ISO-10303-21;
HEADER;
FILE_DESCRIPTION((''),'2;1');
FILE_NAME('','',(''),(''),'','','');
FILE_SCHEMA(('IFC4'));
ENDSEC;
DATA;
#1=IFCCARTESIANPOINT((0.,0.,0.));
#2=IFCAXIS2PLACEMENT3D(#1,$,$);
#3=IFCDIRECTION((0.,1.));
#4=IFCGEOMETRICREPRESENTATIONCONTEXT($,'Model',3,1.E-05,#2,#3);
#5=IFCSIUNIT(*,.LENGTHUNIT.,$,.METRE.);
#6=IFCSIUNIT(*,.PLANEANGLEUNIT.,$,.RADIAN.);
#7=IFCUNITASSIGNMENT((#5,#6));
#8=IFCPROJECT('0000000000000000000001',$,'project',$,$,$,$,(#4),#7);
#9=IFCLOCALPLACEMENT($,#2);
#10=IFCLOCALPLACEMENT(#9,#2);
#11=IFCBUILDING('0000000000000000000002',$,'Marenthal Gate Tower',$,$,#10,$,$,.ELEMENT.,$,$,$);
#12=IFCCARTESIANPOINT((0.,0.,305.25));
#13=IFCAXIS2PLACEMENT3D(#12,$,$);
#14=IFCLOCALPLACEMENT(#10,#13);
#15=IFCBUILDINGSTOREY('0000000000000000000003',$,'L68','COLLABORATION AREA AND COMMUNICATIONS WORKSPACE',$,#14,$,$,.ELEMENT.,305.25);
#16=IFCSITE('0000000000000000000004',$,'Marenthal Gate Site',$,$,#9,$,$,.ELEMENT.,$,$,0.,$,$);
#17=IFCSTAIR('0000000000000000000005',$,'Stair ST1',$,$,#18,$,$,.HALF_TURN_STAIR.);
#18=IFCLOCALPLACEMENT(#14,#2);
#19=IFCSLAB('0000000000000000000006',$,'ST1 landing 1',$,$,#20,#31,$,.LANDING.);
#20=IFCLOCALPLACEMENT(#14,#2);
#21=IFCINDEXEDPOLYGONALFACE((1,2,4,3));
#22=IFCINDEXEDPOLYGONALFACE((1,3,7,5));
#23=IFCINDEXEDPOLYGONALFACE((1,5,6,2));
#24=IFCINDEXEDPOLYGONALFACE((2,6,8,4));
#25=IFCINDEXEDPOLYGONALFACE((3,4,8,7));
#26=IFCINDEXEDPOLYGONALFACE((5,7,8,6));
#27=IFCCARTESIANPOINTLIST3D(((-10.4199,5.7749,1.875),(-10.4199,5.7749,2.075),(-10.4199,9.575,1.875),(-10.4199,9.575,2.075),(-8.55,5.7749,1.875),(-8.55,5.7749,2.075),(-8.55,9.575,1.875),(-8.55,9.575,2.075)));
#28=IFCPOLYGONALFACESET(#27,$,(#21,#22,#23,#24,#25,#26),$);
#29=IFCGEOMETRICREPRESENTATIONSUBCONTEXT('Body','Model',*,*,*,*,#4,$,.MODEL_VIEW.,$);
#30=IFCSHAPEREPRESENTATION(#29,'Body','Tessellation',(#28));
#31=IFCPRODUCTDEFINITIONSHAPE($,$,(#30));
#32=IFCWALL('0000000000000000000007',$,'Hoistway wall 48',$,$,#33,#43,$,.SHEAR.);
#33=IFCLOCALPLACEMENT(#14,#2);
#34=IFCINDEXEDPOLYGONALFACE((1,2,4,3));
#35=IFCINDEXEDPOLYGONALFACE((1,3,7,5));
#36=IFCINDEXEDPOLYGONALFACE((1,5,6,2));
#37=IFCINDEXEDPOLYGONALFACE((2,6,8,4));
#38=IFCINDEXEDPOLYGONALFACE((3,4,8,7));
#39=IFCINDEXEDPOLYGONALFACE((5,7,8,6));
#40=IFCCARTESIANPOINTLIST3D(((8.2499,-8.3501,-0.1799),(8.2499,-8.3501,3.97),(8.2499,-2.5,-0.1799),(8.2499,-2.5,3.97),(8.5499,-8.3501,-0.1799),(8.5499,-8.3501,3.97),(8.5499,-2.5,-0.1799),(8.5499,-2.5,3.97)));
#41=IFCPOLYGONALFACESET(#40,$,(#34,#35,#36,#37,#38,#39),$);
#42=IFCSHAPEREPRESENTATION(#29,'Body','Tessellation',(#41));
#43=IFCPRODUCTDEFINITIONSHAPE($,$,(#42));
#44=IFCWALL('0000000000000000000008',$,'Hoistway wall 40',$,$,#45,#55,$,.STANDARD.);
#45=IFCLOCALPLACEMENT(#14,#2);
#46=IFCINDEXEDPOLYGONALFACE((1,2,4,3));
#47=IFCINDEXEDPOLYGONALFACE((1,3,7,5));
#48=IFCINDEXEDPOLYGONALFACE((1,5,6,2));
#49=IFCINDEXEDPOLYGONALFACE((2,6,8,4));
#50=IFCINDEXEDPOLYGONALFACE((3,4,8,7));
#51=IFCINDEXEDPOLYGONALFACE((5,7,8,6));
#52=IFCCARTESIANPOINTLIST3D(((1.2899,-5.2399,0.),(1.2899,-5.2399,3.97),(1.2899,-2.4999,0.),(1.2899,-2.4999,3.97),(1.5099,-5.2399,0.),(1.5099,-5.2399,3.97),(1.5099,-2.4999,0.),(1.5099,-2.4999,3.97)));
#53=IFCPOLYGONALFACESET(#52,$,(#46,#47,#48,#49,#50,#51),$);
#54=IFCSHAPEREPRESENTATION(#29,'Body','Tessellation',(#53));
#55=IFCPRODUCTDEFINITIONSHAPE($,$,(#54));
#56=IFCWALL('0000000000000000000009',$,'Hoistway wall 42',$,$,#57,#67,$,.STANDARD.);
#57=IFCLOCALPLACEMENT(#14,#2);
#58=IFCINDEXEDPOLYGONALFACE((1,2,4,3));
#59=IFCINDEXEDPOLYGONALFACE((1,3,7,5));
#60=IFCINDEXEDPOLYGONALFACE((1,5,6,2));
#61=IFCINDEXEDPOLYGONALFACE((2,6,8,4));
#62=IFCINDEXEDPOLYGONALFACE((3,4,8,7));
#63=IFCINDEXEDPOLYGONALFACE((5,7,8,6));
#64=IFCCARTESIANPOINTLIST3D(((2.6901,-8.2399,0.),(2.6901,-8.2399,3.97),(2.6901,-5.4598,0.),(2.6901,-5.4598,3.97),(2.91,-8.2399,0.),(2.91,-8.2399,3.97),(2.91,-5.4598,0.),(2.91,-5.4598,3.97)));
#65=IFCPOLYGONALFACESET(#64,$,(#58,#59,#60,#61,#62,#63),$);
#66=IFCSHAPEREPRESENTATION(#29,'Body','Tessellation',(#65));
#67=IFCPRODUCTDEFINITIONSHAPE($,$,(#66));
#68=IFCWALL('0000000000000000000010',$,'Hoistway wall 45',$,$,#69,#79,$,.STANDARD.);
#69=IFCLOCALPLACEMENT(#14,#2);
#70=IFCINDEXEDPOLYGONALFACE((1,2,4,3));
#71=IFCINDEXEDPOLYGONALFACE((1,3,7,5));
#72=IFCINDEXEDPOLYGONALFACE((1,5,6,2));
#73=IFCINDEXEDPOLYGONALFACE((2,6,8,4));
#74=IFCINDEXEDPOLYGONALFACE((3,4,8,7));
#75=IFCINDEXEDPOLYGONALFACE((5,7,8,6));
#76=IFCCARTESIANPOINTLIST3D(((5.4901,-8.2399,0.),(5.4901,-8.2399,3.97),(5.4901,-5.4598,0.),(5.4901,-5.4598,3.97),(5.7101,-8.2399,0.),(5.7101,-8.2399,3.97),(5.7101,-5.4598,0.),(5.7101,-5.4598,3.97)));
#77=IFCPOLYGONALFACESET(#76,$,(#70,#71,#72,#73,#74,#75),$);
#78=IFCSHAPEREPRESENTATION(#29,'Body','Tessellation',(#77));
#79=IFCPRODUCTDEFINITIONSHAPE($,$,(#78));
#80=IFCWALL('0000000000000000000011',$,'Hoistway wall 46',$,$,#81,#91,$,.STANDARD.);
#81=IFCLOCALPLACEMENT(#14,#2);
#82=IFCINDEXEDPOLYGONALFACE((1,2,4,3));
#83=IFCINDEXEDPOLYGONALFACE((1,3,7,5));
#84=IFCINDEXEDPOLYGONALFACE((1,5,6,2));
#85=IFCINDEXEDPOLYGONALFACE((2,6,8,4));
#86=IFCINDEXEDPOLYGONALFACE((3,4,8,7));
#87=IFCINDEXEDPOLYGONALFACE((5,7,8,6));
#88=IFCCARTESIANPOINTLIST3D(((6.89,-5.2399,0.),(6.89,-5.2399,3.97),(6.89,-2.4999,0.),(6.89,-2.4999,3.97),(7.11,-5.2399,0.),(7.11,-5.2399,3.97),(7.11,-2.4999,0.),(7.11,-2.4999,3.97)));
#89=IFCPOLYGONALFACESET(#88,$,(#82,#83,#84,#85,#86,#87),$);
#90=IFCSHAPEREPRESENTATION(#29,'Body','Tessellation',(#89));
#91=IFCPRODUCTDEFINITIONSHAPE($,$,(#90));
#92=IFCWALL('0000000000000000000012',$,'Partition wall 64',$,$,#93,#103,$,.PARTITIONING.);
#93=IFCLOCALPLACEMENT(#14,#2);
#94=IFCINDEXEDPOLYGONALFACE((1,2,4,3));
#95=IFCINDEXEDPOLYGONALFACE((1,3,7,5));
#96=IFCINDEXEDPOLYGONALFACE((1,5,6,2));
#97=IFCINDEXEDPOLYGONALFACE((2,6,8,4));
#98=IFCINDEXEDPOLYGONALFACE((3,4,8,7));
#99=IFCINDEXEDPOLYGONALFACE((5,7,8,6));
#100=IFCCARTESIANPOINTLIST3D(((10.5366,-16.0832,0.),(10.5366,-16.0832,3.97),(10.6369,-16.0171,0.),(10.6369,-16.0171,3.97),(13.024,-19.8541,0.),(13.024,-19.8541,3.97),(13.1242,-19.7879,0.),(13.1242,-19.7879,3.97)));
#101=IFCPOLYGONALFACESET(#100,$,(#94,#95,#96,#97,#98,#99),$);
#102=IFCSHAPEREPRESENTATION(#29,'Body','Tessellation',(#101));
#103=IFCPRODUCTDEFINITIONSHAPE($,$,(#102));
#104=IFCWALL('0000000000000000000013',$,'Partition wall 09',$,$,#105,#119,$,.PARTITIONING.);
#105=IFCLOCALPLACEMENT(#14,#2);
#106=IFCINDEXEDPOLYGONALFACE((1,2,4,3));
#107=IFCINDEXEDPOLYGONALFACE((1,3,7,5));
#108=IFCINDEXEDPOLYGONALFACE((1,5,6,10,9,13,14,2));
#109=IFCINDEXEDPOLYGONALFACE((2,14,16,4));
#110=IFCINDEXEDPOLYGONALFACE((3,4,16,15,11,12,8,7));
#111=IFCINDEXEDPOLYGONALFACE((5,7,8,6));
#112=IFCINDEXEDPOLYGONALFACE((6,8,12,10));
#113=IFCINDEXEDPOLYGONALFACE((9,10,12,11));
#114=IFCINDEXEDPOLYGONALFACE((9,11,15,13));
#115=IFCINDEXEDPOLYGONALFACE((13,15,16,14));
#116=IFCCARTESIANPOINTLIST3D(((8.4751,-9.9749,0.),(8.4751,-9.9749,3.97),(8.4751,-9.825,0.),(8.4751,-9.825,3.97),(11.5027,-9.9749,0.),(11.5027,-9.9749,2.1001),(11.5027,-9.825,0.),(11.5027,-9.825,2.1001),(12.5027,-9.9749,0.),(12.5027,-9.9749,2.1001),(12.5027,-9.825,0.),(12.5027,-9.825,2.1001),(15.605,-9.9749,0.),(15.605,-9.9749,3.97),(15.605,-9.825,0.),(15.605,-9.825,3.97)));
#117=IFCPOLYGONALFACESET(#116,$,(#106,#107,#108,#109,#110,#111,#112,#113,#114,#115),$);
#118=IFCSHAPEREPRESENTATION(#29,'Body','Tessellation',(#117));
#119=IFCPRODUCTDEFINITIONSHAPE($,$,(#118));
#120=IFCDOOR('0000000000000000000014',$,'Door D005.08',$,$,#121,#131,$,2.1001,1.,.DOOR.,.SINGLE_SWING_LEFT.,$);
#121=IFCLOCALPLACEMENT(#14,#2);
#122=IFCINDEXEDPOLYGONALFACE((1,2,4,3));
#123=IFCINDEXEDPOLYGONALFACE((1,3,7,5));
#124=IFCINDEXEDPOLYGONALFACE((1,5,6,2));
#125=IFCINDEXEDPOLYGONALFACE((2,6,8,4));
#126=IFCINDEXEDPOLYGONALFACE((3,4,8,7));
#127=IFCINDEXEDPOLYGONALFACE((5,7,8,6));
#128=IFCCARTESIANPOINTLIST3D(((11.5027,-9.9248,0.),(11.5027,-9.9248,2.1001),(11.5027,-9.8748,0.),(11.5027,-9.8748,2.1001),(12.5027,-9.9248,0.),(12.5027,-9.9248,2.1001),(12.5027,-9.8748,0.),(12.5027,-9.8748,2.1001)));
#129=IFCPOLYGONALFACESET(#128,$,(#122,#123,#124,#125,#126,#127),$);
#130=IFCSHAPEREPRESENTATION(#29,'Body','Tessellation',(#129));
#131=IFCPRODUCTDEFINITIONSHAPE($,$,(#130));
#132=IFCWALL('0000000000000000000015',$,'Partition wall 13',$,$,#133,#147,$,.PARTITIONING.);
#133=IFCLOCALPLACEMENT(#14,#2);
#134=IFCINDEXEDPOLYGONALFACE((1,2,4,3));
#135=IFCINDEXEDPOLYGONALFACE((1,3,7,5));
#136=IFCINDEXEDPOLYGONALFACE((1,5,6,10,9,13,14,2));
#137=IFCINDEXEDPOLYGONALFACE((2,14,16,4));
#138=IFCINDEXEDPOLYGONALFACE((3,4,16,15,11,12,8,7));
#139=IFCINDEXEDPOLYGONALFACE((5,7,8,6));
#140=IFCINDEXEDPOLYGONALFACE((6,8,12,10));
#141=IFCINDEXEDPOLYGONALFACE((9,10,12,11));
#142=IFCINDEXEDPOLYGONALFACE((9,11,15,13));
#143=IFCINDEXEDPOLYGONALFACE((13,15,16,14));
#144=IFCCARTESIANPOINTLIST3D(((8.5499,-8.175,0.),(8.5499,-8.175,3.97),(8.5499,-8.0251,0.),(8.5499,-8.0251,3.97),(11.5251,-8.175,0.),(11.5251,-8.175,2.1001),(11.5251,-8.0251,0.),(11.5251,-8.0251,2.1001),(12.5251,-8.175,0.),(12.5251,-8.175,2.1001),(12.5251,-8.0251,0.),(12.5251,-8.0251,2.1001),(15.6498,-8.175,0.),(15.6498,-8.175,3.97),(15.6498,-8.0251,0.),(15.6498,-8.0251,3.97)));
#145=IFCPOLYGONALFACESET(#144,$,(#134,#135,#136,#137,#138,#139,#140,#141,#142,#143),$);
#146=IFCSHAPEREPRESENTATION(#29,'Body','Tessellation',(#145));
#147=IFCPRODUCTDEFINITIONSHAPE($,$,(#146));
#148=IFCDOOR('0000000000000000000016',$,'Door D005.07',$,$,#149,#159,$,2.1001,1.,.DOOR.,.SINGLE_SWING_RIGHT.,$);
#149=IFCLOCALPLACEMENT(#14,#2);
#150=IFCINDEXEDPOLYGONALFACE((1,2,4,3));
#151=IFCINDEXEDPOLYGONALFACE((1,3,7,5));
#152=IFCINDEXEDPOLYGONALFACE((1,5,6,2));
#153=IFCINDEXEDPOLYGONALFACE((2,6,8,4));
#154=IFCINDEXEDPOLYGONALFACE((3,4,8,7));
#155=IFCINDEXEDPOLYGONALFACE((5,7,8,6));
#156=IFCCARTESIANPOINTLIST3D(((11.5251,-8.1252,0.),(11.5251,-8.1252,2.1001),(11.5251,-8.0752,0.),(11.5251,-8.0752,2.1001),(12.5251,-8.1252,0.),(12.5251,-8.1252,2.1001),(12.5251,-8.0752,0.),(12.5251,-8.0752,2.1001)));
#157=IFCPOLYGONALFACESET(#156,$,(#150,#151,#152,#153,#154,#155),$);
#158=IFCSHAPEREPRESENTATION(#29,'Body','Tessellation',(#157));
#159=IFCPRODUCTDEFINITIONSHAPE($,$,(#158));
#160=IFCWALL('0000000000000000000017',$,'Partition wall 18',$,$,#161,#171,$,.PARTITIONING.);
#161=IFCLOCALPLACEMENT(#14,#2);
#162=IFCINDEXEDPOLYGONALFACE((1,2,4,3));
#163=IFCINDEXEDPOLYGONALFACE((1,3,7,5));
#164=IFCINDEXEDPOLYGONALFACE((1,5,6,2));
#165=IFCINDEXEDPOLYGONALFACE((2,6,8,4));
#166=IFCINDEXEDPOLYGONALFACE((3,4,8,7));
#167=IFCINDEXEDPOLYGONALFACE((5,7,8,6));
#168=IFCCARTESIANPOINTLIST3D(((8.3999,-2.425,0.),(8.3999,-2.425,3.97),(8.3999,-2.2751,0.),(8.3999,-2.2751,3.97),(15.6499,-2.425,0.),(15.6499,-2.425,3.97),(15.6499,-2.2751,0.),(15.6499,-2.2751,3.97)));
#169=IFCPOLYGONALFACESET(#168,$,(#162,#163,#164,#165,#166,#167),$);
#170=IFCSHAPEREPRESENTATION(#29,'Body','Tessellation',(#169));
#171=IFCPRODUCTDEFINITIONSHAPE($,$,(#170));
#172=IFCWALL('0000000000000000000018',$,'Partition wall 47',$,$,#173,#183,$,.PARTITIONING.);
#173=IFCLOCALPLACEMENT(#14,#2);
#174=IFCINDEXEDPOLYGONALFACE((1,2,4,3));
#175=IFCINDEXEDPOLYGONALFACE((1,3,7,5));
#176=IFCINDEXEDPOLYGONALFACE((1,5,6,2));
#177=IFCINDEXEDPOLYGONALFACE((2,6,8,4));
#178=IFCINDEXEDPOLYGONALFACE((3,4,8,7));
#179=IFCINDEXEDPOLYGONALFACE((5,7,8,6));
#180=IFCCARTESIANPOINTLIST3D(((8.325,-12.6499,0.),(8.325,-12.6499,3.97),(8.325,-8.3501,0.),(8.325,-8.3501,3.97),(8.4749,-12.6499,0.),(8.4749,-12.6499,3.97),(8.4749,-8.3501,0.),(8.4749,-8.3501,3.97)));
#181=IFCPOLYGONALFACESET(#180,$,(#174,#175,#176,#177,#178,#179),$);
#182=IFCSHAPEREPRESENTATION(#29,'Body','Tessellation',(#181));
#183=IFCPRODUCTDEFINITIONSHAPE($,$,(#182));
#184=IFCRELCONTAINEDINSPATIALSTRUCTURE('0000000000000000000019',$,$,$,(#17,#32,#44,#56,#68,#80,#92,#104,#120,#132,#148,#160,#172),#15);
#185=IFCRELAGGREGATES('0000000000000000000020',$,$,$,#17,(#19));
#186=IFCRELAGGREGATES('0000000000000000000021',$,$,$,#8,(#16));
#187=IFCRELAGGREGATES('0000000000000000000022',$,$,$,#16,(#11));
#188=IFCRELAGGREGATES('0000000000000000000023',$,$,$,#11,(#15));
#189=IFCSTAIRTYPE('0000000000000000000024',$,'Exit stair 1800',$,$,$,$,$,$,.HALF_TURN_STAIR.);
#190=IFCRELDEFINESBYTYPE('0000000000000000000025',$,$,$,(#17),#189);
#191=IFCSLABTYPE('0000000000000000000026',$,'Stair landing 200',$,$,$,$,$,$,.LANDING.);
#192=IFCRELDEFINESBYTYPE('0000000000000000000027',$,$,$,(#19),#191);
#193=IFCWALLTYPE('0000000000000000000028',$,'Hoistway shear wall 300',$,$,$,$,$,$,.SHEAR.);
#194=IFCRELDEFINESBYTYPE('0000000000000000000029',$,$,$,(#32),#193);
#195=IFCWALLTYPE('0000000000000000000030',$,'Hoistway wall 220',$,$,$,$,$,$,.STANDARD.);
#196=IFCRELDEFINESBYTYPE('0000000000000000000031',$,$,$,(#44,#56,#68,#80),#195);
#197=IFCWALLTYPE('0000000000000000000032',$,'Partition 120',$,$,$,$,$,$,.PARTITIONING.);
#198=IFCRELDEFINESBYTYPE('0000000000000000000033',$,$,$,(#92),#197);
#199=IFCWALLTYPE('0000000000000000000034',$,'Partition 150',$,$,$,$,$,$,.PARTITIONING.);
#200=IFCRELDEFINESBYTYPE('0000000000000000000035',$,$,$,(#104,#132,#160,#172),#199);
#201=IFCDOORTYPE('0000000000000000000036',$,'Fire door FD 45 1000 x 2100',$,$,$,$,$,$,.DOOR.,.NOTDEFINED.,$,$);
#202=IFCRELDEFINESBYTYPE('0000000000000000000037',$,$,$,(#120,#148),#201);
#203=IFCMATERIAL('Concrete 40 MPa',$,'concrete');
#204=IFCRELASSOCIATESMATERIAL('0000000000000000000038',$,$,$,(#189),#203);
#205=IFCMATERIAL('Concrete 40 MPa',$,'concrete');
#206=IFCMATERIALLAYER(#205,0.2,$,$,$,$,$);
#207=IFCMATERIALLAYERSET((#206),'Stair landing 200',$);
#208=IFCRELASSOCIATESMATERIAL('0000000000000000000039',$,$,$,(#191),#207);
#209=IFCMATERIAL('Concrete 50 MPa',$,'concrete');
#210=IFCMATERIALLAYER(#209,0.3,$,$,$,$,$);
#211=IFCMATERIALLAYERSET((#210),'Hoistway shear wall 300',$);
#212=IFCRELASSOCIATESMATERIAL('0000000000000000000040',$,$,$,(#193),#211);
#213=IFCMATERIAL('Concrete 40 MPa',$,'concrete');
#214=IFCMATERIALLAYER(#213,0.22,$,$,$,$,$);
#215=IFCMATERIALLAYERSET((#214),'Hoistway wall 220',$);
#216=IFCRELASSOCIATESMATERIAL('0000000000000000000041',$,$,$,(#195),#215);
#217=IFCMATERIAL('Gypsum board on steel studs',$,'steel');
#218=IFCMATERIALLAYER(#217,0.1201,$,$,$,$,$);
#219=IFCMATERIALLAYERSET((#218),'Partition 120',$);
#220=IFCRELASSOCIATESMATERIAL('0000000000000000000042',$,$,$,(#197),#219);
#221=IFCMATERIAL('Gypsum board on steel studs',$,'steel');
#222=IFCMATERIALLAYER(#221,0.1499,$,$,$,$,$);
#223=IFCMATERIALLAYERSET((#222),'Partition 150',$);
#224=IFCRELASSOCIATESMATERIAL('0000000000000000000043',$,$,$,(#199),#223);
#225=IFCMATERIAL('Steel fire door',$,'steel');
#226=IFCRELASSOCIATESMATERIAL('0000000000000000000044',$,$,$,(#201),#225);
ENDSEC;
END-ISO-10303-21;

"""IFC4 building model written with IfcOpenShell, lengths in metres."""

from ifc_helpers import new_model, si_unit, direction, frame, frame_2d, origin, place, context, subcontext, project, spatial, polyline, rectangle, outline, extrude, material, layer, layer_set, type_object, element, fill, aggregate, save


model = new_model("IFC4")

# Units and contexts
model_context = context("Model", 3, precision=1e-05, world=origin(), true_north=direction((0.0, 1.0)))
body_context = subcontext(model_context, "Body", "Model", "MODEL_VIEW")
ifc_project = project(units=[si_unit("LENGTHUNIT", "METRE"), si_unit("PLANEANGLEUNIT", "RADIAN")], contexts=[model_context])

# Site, building, storey
site_placement = place(None, origin())
site = spatial("IfcSite", under=ifc_project, at=site_placement, Name="Marenthal Gate Site", CompositionType="ELEMENT", RefElevation=0.0)
building_placement = place(site_placement, origin())
building = spatial("IfcBuilding", under=site, at=building_placement, Name="Marenthal Gate Tower", CompositionType="ELEMENT")
storey_placement = place(building_placement, frame((0.0, 0.0, 305.25)))
storey = spatial("IfcBuildingStorey", under=building, at=storey_placement, Name="L68", Description="COLLABORATION AREA AND COMMUNICATIONS WORKSPACE", CompositionType="ELEMENT", Elevation=305.25)

# Stair, slab
ifc_material_1 = material(Name="Concrete 40 MPa", Category="concrete")
stair_type = type_object("IfcStairType", Name="Exit stair 1800", PredefinedType="HALF_TURN_STAIR", material=ifc_material_1)
stair_placement = place(storey_placement, origin())
stair = element("IfcStair", 1, at=stair_placement, inside=storey, type_object=stair_type, Name="Stair ST1", PredefinedType="HALF_TURN_STAIR")
ifc_material_2 = material(Name="Concrete 40 MPa", Category="concrete")
ifc_layer_1 = layer(ifc_material_2, 0.2)
ifc_layer_set_1 = layer_set([ifc_layer_1], Name="Stair landing 200")
slab_type_1 = type_object("IfcSlabType", Name="Stair landing 200", PredefinedType="LANDING", material=ifc_layer_set_1)
slab_1_placement = place(storey_placement, frame((0.0, 0.0, 1.875)))
slab_1 = element("IfcSlab", 2, at=slab_1_placement, type_object=slab_type_1, Name="ST1 landing 1", PredefinedType="LANDING", context=body_context, shape_type="SweptSolid", body=[
    extrude(outline(polyline([(-10.4199, 5.7749), (-8.55, 5.7749), (-8.55, 9.575), (-10.4199, 9.575), (-10.4199, 5.7749)])), origin(), (0.0, 0.0, 1.0), 0.2),
])
aggregate(stair, [slab_1])

# Walls
ifc_material_3 = material(Name="Concrete 50 MPa", Category="concrete")
ifc_layer_2 = layer(ifc_material_3, 0.3)
ifc_layer_set_2 = layer_set([ifc_layer_2], Name="Hoistway shear wall 300")
wall_type_1 = type_object("IfcWallType", Name="Hoistway shear wall 300", PredefinedType="SHEAR", material=ifc_layer_set_2)
wall_1_placement = place(storey_placement, frame((8.3999, -8.3501, -0.1799), z_axis=(0.0, 0.0, 1.0), x_axis=(0.0, 1.0, 0.0)))
element("IfcWall", 3, at=wall_1_placement, inside=storey, type_object=wall_type_1, Name="Hoistway wall 48", PredefinedType="SHEAR", context=body_context, shape_type="SweptSolid", body=[
    extrude(rectangle(XDim=5.8501, YDim=0.3, at=frame_2d((2.925, 0.0))), origin(), (0.0, 0.0, 1.0), 4.1499),
])
ifc_material_4 = material(Name="Concrete 40 MPa", Category="concrete")
ifc_layer_3 = layer(ifc_material_4, 0.22)
ifc_layer_set_3 = layer_set([ifc_layer_3], Name="Hoistway wall 220")
wall_type_2 = type_object("IfcWallType", Name="Hoistway wall 220", PredefinedType="STANDARD", material=ifc_layer_set_3)
wall_2_placement = place(storey_placement, frame((1.3999, -5.24, 0.0), z_axis=(0.0, 0.0, 1.0), x_axis=(0.0, 1.0, 0.0)))
element("IfcWall", 4, at=wall_2_placement, inside=storey, type_object=wall_type_2, Name="Hoistway wall 40", PredefinedType="STANDARD", context=body_context, shape_type="SweptSolid", body=[
    extrude(rectangle(XDim=2.74, YDim=0.22, at=frame_2d((1.3701, 0.0))), origin(), (0.0, 0.0, 1.0), 3.97),
])
for number, where, z_axis, x_axis, name in (
    (5, (2.8, -8.24, 0.0), (0.0, 0.0, 1.0), (0.0, 1.0, 0.0), "Hoistway wall 42"),
    (6, (5.6001, -8.24, 0.0), (0.0, 0.0, 1.0), (0.0, 1.0, 0.0), "Hoistway wall 45"),
):
    element("IfcWall", number, at=place(storey_placement, frame(where, z_axis=z_axis, x_axis=x_axis)), inside=storey, type_object=wall_type_2, Name=name, PredefinedType="STANDARD", context=body_context, shape_type="SweptSolid", body=[
        extrude(rectangle(XDim=2.78, YDim=0.22, at=frame_2d((1.3901, 0.0))), origin(), (0.0, 0.0, 1.0), 3.97),
    ])
wall_3_placement = place(storey_placement, frame((7.0, -5.24, 0.0), z_axis=(0.0, 0.0, 1.0), x_axis=(0.0, 1.0, 0.0)))
element("IfcWall", 7, at=wall_3_placement, inside=storey, type_object=wall_type_2, Name="Hoistway wall 46", PredefinedType="STANDARD", context=body_context, shape_type="SweptSolid", body=[
    extrude(rectangle(XDim=2.74, YDim=0.22, at=frame_2d((1.3701, 0.0))), origin(), (0.0, 0.0, 1.0), 3.97),
])
ifc_material_5 = material(Name="Gypsum board on steel studs", Category="steel")
ifc_layer_4 = layer(ifc_material_5, 0.1201)
ifc_layer_set_4 = layer_set([ifc_layer_4], Name="Partition 120")
wall_type_3 = type_object("IfcWallType", Name="Partition 120", PredefinedType="PARTITIONING", material=ifc_layer_set_4)
wall_4_placement = place(storey_placement, frame((10.5867, -16.05, 0.0), z_axis=(0.0, 0.0, 1.0), x_axis=(0.550628, -0.834751, 0.0)))
element("IfcWall", 8, at=wall_4_placement, inside=storey, type_object=wall_type_3, Name="Partition wall 64", PredefinedType="PARTITIONING", context=body_context, shape_type="SweptSolid", body=[
    extrude(rectangle(XDim=4.5173, YDim=0.1201, at=frame_2d((2.2588, 0.0))), origin(), (0.0, 0.0, 1.0), 3.97),
])

# Walls, openings, doors
ifc_material_6 = material(Name="Gypsum board on steel studs", Category="steel")
ifc_layer_5 = layer(ifc_material_6, 0.1499)
ifc_layer_set_5 = layer_set([ifc_layer_5], Name="Partition 150")
wall_type_4 = type_object("IfcWallType", Name="Partition 150", PredefinedType="PARTITIONING", material=ifc_layer_set_5)
wall_5_placement = place(storey_placement, frame((8.4751, -9.8999, 0.0), z_axis=(0.0, 0.0, 1.0), x_axis=(1.0, 0.0, 0.0)))
wall_5 = element("IfcWall", 9, at=wall_5_placement, inside=storey, type_object=wall_type_4, Name="Partition wall 09", PredefinedType="PARTITIONING", context=body_context, shape_type="SweptSolid", body=[
    extrude(rectangle(XDim=7.1299, YDim=0.1499, at=frame_2d((3.5649, 0.0))), origin(), (0.0, 0.0, 1.0), 3.97),
])
opening_1_placement = place(wall_5_placement, frame((3.0276, 0.0, 0.0)))
opening_1 = element("IfcOpeningElement", 10, at=opening_1_placement, cuts=wall_5, PredefinedType="OPENING", context=body_context, shape_type="SweptSolid", body=[
    extrude(rectangle(XDim=1.0, YDim=2.1001, at=frame_2d((0.5, 1.05))), frame((0.0, 0.085, 0.0), z_axis=(0.0, -1.0, 0.0), x_axis=(1.0, 0.0, 0.0)), (0.0, 0.0, 1.0), 0.1699),
])
ifc_material_7 = material(Name="Steel fire door", Category="steel")
door_type_1 = type_object("IfcDoorType", Name="Fire door FD 45 1000 x 2100", OperationType="NOTDEFINED", PredefinedType="DOOR", material=ifc_material_7)
door_1_placement = place(opening_1_placement, frame((1.0, 0.0, 0.0), z_axis=(0.0, 0.0, 1.0), x_axis=(-1.0, 0.0, 0.0)))
door_1 = element("IfcDoor", 11, at=door_1_placement, inside=storey, type_object=door_type_1, Name="Door D005.08", OperationType="SINGLE_SWING_LEFT", OverallHeight=2.1001, OverallWidth=1.0, PredefinedType="DOOR", context=body_context, shape_type="SweptSolid", body=[
    extrude(rectangle(XDim=1.0, YDim=2.1001, at=frame_2d((0.5, 1.05))), frame((0.0, 0.0249, 0.0), z_axis=(0.0, -1.0, 0.0), x_axis=(1.0, 0.0, 0.0)), (0.0, 0.0, 1.0), 0.05),
])
fill(opening_1, door_1)
wall_6_placement = place(storey_placement, frame((8.55, -8.1001, 0.0), z_axis=(0.0, 0.0, 1.0), x_axis=(1.0, 0.0, 0.0)))
wall_6 = element("IfcWall", 12, at=wall_6_placement, inside=storey, type_object=wall_type_4, Name="Partition wall 13", PredefinedType="PARTITIONING", context=body_context, shape_type="SweptSolid", body=[
    extrude(rectangle(XDim=7.0999, YDim=0.1499, at=frame_2d((3.5498, 0.0))), origin(), (0.0, 0.0, 1.0), 3.97),
])
opening_2_placement = place(wall_6_placement, frame((2.9751, 0.0, 0.0)))
opening_2 = element("IfcOpeningElement", 13, at=opening_2_placement, cuts=wall_6, PredefinedType="OPENING", context=body_context, shape_type="SweptSolid", body=[
    extrude(rectangle(XDim=1.0, YDim=2.1001, at=frame_2d((0.5, 1.05))), frame((0.0, 0.085, 0.0), z_axis=(0.0, -1.0, 0.0), x_axis=(1.0, 0.0, 0.0)), (0.0, 0.0, 1.0), 0.1699),
])
door_2_placement = place(opening_2_placement, origin())
door_2 = element("IfcDoor", 14, at=door_2_placement, inside=storey, type_object=door_type_1, Name="Door D005.07", OperationType="SINGLE_SWING_RIGHT", OverallHeight=2.1001, OverallWidth=1.0, PredefinedType="DOOR", context=body_context, shape_type="SweptSolid", body=[
    extrude(rectangle(XDim=1.0, YDim=2.1001, at=frame_2d((0.5, 1.05))), frame((0.0, 0.0249, 0.0), z_axis=(0.0, -1.0, 0.0), x_axis=(1.0, 0.0, 0.0)), (0.0, 0.0, 1.0), 0.05),
])
fill(opening_2, door_2)

# Walls
wall_7_placement = place(storey_placement, frame((8.3999, -2.3501, 0.0), z_axis=(0.0, 0.0, 1.0), x_axis=(1.0, 0.0, 0.0)))
element("IfcWall", 15, at=wall_7_placement, inside=storey, type_object=wall_type_4, Name="Partition wall 18", PredefinedType="PARTITIONING", context=body_context, shape_type="SweptSolid", body=[
    extrude(rectangle(XDim=7.25, YDim=0.1499, at=frame_2d((3.625, 0.0))), origin(), (0.0, 0.0, 1.0), 3.97),
])
wall_8_placement = place(storey_placement, frame((8.3999, -12.6499, 0.0), z_axis=(0.0, 0.0, 1.0), x_axis=(0.0, 1.0, 0.0)))
element("IfcWall", 16, at=wall_8_placement, inside=storey, type_object=wall_type_4, Name="Partition wall 47", PredefinedType="PARTITIONING", context=body_context, shape_type="SweptSolid", body=[
    extrude(rectangle(XDim=4.2998, YDim=0.1499, at=frame_2d((2.1499, 0.0))), origin(), (0.0, 0.0, 1.0), 3.97),
])

save(model, "model.ifc")
